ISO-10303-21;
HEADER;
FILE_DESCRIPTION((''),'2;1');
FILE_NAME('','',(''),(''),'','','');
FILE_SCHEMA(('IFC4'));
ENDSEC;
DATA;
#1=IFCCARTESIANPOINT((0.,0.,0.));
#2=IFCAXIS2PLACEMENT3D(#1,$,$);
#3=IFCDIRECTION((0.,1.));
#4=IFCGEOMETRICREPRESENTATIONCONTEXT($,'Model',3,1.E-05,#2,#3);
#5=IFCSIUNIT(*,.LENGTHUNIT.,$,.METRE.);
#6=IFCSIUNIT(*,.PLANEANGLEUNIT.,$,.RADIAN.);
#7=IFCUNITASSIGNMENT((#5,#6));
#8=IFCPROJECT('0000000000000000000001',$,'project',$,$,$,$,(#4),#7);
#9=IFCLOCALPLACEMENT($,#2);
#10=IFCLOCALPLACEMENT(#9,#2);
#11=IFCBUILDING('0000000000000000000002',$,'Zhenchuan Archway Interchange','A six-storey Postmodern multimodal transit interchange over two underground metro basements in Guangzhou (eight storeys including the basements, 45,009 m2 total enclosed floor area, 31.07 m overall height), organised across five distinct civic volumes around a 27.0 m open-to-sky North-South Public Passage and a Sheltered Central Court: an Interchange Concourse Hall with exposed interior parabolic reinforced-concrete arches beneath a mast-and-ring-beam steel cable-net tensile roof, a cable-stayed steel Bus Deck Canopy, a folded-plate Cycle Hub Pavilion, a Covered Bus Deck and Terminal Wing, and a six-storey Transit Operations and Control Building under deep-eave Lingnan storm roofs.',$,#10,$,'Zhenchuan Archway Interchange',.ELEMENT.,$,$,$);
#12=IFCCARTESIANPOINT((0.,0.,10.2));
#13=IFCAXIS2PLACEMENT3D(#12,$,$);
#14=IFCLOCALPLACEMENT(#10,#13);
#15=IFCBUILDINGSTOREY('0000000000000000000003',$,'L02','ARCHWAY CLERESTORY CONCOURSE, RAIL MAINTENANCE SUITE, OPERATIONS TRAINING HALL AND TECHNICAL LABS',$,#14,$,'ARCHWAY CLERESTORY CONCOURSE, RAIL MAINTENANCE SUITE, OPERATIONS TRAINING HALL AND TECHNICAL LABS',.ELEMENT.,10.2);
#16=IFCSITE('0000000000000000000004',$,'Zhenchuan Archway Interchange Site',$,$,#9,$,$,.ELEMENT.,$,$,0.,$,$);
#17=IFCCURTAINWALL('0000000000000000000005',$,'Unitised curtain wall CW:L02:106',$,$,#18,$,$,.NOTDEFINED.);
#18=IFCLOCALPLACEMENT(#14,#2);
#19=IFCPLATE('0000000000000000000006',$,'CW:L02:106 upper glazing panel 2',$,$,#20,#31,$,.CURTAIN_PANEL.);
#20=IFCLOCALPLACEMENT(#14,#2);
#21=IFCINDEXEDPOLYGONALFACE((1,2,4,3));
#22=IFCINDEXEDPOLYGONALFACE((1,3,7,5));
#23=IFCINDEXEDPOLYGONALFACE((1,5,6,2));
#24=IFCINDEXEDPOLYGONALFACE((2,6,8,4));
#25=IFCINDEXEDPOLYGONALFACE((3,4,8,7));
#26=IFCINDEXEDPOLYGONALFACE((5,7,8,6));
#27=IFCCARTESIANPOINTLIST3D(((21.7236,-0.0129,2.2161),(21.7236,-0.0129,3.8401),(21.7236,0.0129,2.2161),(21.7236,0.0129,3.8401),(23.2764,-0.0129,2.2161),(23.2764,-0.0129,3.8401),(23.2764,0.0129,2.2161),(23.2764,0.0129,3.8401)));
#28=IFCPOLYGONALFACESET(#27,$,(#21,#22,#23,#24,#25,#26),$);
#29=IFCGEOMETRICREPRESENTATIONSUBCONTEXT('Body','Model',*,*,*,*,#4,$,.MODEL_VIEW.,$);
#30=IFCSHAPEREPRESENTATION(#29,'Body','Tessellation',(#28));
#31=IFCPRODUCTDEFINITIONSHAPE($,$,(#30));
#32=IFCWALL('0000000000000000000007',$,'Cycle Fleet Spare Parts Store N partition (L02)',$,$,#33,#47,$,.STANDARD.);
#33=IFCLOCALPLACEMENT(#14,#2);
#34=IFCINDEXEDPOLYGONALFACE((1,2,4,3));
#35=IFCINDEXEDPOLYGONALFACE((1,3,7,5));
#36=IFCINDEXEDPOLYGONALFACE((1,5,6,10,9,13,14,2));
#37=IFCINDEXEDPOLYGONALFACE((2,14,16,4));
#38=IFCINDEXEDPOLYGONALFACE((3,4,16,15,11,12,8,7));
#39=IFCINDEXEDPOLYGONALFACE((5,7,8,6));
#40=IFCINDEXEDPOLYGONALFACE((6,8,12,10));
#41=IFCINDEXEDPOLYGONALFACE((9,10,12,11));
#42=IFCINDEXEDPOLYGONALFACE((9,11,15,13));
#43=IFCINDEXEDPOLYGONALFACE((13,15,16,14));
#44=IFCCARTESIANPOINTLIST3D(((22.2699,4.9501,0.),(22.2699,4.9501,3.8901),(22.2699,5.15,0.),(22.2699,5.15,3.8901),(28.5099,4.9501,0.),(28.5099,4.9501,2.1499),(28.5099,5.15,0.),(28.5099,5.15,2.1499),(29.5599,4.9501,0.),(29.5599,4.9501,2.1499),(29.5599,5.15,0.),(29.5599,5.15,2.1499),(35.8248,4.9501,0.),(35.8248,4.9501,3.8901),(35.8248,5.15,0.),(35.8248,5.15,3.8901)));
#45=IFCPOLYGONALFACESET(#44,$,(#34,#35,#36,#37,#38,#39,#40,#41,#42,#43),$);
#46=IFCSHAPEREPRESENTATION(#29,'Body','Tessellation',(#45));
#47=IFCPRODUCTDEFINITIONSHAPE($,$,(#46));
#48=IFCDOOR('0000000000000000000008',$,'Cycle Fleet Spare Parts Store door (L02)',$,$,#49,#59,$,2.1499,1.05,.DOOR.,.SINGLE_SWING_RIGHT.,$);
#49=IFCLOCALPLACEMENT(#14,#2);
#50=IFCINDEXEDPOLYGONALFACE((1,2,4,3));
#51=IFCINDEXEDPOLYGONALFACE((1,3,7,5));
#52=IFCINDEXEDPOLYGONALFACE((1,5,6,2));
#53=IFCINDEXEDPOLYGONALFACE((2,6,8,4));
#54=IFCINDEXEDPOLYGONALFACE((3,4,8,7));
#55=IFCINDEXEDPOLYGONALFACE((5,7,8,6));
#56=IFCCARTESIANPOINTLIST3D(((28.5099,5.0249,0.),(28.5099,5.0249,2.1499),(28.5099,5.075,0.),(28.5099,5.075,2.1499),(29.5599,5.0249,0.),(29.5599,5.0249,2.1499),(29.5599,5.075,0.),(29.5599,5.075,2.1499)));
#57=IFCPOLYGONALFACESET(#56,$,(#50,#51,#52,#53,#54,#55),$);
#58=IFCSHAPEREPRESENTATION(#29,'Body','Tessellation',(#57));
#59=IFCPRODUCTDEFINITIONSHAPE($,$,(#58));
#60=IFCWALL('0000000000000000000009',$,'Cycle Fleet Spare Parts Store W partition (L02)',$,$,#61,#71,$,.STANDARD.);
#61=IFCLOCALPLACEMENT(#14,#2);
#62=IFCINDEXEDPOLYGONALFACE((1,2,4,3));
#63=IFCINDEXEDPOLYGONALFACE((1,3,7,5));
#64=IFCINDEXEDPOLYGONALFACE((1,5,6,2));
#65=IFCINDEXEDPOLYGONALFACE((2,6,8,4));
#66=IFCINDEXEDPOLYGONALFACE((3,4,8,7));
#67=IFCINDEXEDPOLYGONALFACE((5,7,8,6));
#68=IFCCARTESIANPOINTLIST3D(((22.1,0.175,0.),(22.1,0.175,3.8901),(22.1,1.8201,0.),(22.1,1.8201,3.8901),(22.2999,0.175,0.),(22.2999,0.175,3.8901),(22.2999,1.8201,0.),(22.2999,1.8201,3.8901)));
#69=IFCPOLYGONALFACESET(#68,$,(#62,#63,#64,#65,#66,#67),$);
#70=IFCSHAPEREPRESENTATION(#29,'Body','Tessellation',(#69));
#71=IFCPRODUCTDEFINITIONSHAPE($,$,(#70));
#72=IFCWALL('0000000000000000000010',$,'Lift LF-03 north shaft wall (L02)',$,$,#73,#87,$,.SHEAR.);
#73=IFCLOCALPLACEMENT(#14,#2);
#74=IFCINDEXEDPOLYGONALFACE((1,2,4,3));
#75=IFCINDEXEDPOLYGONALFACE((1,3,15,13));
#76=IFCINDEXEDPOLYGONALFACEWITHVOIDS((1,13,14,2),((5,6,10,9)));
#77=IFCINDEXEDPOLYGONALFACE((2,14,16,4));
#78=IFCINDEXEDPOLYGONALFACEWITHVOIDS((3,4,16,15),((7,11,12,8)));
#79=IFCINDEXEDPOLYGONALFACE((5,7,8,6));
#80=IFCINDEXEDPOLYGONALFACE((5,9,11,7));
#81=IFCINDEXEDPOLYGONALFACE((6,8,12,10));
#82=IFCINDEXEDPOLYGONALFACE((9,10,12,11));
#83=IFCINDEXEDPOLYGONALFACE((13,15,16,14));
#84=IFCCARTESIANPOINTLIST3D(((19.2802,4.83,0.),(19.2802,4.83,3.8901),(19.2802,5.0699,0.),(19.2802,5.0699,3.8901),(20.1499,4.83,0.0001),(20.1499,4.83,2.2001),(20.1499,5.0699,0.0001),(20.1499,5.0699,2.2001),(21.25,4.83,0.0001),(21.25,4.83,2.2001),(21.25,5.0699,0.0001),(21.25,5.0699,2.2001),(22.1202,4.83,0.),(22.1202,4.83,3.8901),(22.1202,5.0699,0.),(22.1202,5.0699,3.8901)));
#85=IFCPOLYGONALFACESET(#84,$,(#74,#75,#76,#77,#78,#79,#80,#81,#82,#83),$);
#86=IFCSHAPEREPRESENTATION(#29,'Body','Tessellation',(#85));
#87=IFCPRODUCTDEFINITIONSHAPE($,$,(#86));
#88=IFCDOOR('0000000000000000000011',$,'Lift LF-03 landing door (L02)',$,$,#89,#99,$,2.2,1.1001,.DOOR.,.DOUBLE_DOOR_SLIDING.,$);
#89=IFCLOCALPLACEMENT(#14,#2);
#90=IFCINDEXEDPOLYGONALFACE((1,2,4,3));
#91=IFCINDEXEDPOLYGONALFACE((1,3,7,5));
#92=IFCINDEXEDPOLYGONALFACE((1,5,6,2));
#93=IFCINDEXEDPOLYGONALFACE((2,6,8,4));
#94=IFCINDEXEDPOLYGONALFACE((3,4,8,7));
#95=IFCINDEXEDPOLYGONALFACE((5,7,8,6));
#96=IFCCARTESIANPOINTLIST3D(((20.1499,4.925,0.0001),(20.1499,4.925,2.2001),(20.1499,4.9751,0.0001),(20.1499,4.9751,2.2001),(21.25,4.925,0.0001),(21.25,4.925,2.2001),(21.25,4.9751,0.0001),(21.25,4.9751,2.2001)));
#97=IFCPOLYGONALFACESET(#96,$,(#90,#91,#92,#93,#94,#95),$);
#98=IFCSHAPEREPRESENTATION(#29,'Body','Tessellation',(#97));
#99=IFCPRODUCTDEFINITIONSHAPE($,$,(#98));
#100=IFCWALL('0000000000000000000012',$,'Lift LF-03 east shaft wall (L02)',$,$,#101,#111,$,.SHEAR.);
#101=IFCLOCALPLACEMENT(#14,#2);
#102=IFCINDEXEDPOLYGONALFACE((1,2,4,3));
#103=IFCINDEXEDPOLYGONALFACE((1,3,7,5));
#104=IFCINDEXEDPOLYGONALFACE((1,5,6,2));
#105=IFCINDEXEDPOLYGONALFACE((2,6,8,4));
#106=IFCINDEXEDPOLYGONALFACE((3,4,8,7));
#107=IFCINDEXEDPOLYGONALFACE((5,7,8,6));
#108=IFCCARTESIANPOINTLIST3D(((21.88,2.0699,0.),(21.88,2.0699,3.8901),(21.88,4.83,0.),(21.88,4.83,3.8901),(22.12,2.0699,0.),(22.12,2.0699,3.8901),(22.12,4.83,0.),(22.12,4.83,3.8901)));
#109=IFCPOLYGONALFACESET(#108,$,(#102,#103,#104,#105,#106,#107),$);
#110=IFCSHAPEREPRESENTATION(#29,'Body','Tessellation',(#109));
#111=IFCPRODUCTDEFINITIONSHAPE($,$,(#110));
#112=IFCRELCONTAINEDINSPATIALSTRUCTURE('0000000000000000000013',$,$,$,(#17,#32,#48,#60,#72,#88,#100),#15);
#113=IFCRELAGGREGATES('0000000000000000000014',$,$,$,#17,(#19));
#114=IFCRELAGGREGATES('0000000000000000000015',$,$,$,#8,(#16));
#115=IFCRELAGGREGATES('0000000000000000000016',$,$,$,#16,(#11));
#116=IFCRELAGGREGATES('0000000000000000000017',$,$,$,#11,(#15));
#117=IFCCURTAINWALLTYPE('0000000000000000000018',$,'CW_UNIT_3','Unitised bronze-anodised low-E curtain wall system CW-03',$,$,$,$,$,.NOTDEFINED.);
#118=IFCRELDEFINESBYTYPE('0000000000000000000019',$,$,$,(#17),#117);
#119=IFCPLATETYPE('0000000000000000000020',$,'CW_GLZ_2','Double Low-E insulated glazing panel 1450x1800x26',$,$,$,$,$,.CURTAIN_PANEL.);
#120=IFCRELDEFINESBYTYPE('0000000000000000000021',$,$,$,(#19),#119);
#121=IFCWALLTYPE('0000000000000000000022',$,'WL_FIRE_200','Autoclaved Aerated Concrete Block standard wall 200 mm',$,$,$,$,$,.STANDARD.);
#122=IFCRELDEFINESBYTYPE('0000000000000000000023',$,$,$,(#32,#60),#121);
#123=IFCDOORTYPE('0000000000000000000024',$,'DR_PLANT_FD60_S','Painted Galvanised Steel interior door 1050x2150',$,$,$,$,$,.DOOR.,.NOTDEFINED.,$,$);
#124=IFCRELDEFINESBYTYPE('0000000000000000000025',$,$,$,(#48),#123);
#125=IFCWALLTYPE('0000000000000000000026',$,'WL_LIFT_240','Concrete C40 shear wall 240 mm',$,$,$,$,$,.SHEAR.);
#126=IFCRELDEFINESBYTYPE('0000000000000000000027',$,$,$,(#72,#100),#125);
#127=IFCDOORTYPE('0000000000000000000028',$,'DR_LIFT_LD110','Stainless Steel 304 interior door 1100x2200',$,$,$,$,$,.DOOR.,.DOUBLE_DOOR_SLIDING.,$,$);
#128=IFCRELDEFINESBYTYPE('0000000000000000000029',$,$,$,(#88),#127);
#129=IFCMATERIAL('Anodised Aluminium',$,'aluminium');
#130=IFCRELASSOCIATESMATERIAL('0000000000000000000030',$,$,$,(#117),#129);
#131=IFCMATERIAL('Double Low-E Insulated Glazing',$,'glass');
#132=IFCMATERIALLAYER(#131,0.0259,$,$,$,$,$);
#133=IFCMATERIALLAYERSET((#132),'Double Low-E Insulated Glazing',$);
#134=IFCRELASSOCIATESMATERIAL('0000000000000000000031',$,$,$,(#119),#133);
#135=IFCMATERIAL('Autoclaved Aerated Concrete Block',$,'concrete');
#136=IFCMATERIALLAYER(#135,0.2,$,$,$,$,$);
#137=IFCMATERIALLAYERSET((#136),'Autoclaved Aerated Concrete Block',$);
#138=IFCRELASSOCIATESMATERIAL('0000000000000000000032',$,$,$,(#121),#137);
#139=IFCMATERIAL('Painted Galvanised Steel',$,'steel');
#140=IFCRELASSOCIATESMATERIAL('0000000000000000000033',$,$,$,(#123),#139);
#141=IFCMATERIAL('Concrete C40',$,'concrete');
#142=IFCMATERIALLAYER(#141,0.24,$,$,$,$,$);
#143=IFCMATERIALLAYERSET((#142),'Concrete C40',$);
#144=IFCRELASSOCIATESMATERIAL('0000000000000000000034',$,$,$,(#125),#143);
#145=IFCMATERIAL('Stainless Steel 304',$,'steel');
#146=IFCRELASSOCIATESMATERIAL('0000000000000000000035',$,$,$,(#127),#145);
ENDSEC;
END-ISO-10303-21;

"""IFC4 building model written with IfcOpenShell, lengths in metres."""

from ifc_helpers import new_model, si_unit, direction, frame, frame_2d, origin, origin_2d, place, context, subcontext, project, spatial, rectangle, extrude, material, layer, layer_set, type_object, element, fill, aggregate, save


model = new_model("IFC4")

# Units and contexts
model_context = context("Model", 3, precision=1e-05, world=origin(), true_north=direction((0.0, 1.0)))
body_context = subcontext(model_context, "Body", "Model", "MODEL_VIEW")
ifc_project = project(units=[si_unit("LENGTHUNIT", "METRE"), si_unit("PLANEANGLEUNIT", "RADIAN")], contexts=[model_context])

# Site, building, storey
site_placement = place(None, origin())
site = spatial("IfcSite", under=ifc_project, at=site_placement, Name="Zhenchuan Archway Interchange Site", CompositionType="ELEMENT", RefElevation=0.0)
building_placement = place(site_placement, origin())
building = spatial("IfcBuilding", under=site, at=building_placement, Name="Zhenchuan Archway Interchange", Description="A six-storey Postmodern multimodal transit interchange over two underground metro basements in Guangzhou (eight storeys including the basements, 45,009 m2 total enclosed floor area, 31.07 m overall height), organised across five distinct civic volumes around a 27.0 m open-to-sky North-South Public Passage and a Sheltered Central Court: an Interchange Concourse Hall with exposed interior parabolic reinforced-concrete arches beneath a mast-and-ring-beam steel cable-net tensile roof, a cable-stayed steel Bus Deck Canopy, a folded-plate Cycle Hub Pavilion, a Covered Bus Deck and Terminal Wing, and a six-storey Transit Operations and Control Building under deep-eave Lingnan storm roofs.", LongName="Zhenchuan Archway Interchange", CompositionType="ELEMENT")
storey_placement = place(building_placement, frame((0.0, 0.0, 10.2)))
storey = spatial("IfcBuildingStorey", under=building, at=storey_placement, Name="L02", Description="ARCHWAY CLERESTORY CONCOURSE, RAIL MAINTENANCE SUITE, OPERATIONS TRAINING HALL AND TECHNICAL LABS", LongName="ARCHWAY CLERESTORY CONCOURSE, RAIL MAINTENANCE SUITE, OPERATIONS TRAINING HALL AND TECHNICAL LABS", CompositionType="ELEMENT", Elevation=10.2)

# Curtain wall
ifc_material_1 = material(Name="Anodised Aluminium", Category="aluminium")
curtain_wall_type = type_object("IfcCurtainWallType", Name="CW_UNIT_3", Description="Unitised bronze-anodised low-E curtain wall system CW-03", PredefinedType="NOTDEFINED", material=ifc_material_1)
curtain_wall_placement = place(storey_placement, origin())
curtain_wall = element("IfcCurtainWall", 1, at=curtain_wall_placement, inside=storey, type_object=curtain_wall_type, Name="Unitised curtain wall CW:L02:106", PredefinedType="NOTDEFINED")

# Plate
ifc_material_2 = material(Name="Double Low-E Insulated Glazing", Category="glass")
ifc_layer_1 = layer(ifc_material_2, 0.0259)
ifc_layer_set_1 = layer_set([ifc_layer_1], Name="Double Low-E Insulated Glazing")
plate_type_1 = type_object("IfcPlateType", Name="CW_GLZ_2", Description="Double Low-E insulated glazing panel 1450x1800x26", PredefinedType="CURTAIN_PANEL", material=ifc_layer_set_1)
plate_1_placement = place(storey_placement, frame((22.5, 0.0, 2.2161), z_axis=(0.0, 0.0, 1.0), x_axis=(-1.0, 0.0, 0.0)))
plate_1 = element("IfcPlate", 2, at=plate_1_placement, type_object=plate_type_1, Name="CW:L02:106 upper glazing panel 2", PredefinedType="CURTAIN_PANEL", context=body_context, shape_type="SweptSolid", body=[
    extrude(rectangle(XDim=1.5527, YDim=0.0259, at=origin_2d()), origin(), (0.0, 0.0, 1.0), 1.624),
])
aggregate(curtain_wall, [plate_1])

# Wall, opening, door
ifc_material_3 = material(Name="Autoclaved Aerated Concrete Block", Category="concrete")
ifc_layer_2 = layer(ifc_material_3, 0.2)
ifc_layer_set_2 = layer_set([ifc_layer_2], Name="Autoclaved Aerated Concrete Block")
wall_type_1 = type_object("IfcWallType", Name="WL_FIRE_200", Description="Autoclaved Aerated Concrete Block standard wall 200 mm", PredefinedType="STANDARD", material=ifc_layer_set_2)
wall_1_placement = place(storey_placement, frame((22.27, 5.05, 0.0), z_axis=(0.0, 0.0, 1.0), x_axis=(1.0, 0.0, 0.0)))
wall_1 = element("IfcWall", 3, at=wall_1_placement, inside=storey, type_object=wall_type_1, Name="Cycle Fleet Spare Parts Store N partition (L02)", PredefinedType="STANDARD", context=body_context, shape_type="SweptSolid", body=[
    extrude(rectangle(XDim=13.5549, YDim=0.2, at=frame_2d((6.7773, 0.0))), origin(), (0.0, 0.0, 1.0), 3.8901),
])
opening_1_placement = place(wall_1_placement, frame((6.24, 0.0, 0.0)))
opening_1 = element("IfcOpeningElement", 4, at=opening_1_placement, cuts=wall_1, PredefinedType="OPENING", context=body_context, shape_type="SweptSolid", body=[
    extrude(rectangle(XDim=1.05, YDim=2.1499, at=frame_2d((0.5249, 1.075))), frame((0.0, 0.1118, 0.0), z_axis=(0.0, -1.0, 0.0), x_axis=(1.0, 0.0, 0.0)), (0.0, 0.0, 1.0), 0.2239),
])
ifc_material_4 = material(Name="Painted Galvanised Steel", Category="steel")
door_type_1 = type_object("IfcDoorType", Name="DR_PLANT_FD60_S", Description="Painted Galvanised Steel interior door 1050x2150", OperationType="NOTDEFINED", PredefinedType="DOOR", material=ifc_material_4)
door_1_placement = place(opening_1_placement, origin())
door_1 = element("IfcDoor", 5, at=door_1_placement, inside=storey, type_object=door_type_1, Name="Cycle Fleet Spare Parts Store door (L02)", OperationType="SINGLE_SWING_RIGHT", OverallHeight=2.1499, OverallWidth=1.05, PredefinedType="DOOR", context=body_context, shape_type="SweptSolid", body=[
    extrude(rectangle(XDim=1.05, YDim=2.1499, at=frame_2d((0.5249, 1.075))), frame((0.0, 0.0249, 0.0), z_axis=(0.0, -1.0, 0.0), x_axis=(1.0, 0.0, 0.0)), (0.0, 0.0, 1.0), 0.05),
])
fill(opening_1, door_1)

# Wall
wall_2_placement = place(storey_placement, frame((22.2, 0.175, 0.0), z_axis=(0.0, 0.0, 1.0), x_axis=(0.0, 1.0, 0.0)))
element("IfcWall", 6, at=wall_2_placement, inside=storey, type_object=wall_type_1, Name="Cycle Fleet Spare Parts Store W partition (L02)", PredefinedType="STANDARD", context=body_context, shape_type="SweptSolid", body=[
    extrude(rectangle(XDim=1.645, YDim=0.2, at=frame_2d((0.8225, 0.0))), origin(), (0.0, 0.0, 1.0), 3.8901),
])

# Wall, opening, door
ifc_material_5 = material(Name="Concrete C40", Category="concrete")
ifc_layer_3 = layer(ifc_material_5, 0.24)
ifc_layer_set_3 = layer_set([ifc_layer_3], Name="Concrete C40")
wall_type_2 = type_object("IfcWallType", Name="WL_LIFT_240", Description="Concrete C40 shear wall 240 mm", PredefinedType="SHEAR", material=ifc_layer_set_3)
wall_3_placement = place(storey_placement, frame((22.1201, 4.95, 0.0), z_axis=(0.0, 0.0, 1.0), x_axis=(-1.0, 0.0, 0.0)))
wall_3 = element("IfcWall", 7, at=wall_3_placement, inside=storey, type_object=wall_type_2, Name="Lift LF-03 north shaft wall (L02)", PredefinedType="SHEAR", context=body_context, shape_type="SweptSolid", body=[
    extrude(rectangle(XDim=2.8401, YDim=0.24, at=frame_2d((1.4199, 0.0))), origin(), (0.0, 0.0, 1.0), 3.8901),
])
opening_2_placement = place(wall_3_placement, frame((0.8701, 0.0, 0.0)))
opening_2 = element("IfcOpeningElement", 8, at=opening_2_placement, cuts=wall_3, PredefinedType="OPENING", context=body_context, shape_type="SweptSolid", body=[
    extrude(rectangle(XDim=1.1001, YDim=2.2, at=frame_2d((0.55, 1.1001))), frame((0.0, 0.1318, 0.0), z_axis=(0.0, -1.0, 0.0), x_axis=(1.0, 0.0, 0.0)), (0.0, 0.0, 1.0), 0.2639),
])
ifc_material_6 = material(Name="Stainless Steel 304", Category="steel")
door_type_2 = type_object("IfcDoorType", Name="DR_LIFT_LD110", Description="Stainless Steel 304 interior door 1100x2200", OperationType="DOUBLE_DOOR_SLIDING", PredefinedType="DOOR", material=ifc_material_6)
door_2_placement = place(opening_2_placement, origin())
door_2 = element("IfcDoor", 9, at=door_2_placement, inside=storey, type_object=door_type_2, Name="Lift LF-03 landing door (L02)", OperationType="DOUBLE_DOOR_SLIDING", OverallHeight=2.2, OverallWidth=1.1001, PredefinedType="DOOR", context=body_context, shape_type="SweptSolid", body=[
    extrude(rectangle(XDim=1.1001, YDim=2.2, at=frame_2d((0.55, 1.1001))), frame((0.0, 0.0249, 0.0), z_axis=(0.0, -1.0, 0.0), x_axis=(1.0, 0.0, 0.0)), (0.0, 0.0, 1.0), 0.05),
])
fill(opening_2, door_2)

# Wall
wall_4_placement = place(storey_placement, frame((22.0, 2.0701, 0.0), z_axis=(0.0, 0.0, 1.0), x_axis=(0.0, 1.0, 0.0)))
element("IfcWall", 10, at=wall_4_placement, inside=storey, type_object=wall_type_2, Name="Lift LF-03 east shaft wall (L02)", PredefinedType="SHEAR", context=body_context, shape_type="SweptSolid", body=[
    extrude(rectangle(XDim=2.76, YDim=0.24, at=frame_2d((1.3799, 0.0))), origin(), (0.0, 0.0, 1.0), 3.8901),
])

save(model, "model.ifc")
